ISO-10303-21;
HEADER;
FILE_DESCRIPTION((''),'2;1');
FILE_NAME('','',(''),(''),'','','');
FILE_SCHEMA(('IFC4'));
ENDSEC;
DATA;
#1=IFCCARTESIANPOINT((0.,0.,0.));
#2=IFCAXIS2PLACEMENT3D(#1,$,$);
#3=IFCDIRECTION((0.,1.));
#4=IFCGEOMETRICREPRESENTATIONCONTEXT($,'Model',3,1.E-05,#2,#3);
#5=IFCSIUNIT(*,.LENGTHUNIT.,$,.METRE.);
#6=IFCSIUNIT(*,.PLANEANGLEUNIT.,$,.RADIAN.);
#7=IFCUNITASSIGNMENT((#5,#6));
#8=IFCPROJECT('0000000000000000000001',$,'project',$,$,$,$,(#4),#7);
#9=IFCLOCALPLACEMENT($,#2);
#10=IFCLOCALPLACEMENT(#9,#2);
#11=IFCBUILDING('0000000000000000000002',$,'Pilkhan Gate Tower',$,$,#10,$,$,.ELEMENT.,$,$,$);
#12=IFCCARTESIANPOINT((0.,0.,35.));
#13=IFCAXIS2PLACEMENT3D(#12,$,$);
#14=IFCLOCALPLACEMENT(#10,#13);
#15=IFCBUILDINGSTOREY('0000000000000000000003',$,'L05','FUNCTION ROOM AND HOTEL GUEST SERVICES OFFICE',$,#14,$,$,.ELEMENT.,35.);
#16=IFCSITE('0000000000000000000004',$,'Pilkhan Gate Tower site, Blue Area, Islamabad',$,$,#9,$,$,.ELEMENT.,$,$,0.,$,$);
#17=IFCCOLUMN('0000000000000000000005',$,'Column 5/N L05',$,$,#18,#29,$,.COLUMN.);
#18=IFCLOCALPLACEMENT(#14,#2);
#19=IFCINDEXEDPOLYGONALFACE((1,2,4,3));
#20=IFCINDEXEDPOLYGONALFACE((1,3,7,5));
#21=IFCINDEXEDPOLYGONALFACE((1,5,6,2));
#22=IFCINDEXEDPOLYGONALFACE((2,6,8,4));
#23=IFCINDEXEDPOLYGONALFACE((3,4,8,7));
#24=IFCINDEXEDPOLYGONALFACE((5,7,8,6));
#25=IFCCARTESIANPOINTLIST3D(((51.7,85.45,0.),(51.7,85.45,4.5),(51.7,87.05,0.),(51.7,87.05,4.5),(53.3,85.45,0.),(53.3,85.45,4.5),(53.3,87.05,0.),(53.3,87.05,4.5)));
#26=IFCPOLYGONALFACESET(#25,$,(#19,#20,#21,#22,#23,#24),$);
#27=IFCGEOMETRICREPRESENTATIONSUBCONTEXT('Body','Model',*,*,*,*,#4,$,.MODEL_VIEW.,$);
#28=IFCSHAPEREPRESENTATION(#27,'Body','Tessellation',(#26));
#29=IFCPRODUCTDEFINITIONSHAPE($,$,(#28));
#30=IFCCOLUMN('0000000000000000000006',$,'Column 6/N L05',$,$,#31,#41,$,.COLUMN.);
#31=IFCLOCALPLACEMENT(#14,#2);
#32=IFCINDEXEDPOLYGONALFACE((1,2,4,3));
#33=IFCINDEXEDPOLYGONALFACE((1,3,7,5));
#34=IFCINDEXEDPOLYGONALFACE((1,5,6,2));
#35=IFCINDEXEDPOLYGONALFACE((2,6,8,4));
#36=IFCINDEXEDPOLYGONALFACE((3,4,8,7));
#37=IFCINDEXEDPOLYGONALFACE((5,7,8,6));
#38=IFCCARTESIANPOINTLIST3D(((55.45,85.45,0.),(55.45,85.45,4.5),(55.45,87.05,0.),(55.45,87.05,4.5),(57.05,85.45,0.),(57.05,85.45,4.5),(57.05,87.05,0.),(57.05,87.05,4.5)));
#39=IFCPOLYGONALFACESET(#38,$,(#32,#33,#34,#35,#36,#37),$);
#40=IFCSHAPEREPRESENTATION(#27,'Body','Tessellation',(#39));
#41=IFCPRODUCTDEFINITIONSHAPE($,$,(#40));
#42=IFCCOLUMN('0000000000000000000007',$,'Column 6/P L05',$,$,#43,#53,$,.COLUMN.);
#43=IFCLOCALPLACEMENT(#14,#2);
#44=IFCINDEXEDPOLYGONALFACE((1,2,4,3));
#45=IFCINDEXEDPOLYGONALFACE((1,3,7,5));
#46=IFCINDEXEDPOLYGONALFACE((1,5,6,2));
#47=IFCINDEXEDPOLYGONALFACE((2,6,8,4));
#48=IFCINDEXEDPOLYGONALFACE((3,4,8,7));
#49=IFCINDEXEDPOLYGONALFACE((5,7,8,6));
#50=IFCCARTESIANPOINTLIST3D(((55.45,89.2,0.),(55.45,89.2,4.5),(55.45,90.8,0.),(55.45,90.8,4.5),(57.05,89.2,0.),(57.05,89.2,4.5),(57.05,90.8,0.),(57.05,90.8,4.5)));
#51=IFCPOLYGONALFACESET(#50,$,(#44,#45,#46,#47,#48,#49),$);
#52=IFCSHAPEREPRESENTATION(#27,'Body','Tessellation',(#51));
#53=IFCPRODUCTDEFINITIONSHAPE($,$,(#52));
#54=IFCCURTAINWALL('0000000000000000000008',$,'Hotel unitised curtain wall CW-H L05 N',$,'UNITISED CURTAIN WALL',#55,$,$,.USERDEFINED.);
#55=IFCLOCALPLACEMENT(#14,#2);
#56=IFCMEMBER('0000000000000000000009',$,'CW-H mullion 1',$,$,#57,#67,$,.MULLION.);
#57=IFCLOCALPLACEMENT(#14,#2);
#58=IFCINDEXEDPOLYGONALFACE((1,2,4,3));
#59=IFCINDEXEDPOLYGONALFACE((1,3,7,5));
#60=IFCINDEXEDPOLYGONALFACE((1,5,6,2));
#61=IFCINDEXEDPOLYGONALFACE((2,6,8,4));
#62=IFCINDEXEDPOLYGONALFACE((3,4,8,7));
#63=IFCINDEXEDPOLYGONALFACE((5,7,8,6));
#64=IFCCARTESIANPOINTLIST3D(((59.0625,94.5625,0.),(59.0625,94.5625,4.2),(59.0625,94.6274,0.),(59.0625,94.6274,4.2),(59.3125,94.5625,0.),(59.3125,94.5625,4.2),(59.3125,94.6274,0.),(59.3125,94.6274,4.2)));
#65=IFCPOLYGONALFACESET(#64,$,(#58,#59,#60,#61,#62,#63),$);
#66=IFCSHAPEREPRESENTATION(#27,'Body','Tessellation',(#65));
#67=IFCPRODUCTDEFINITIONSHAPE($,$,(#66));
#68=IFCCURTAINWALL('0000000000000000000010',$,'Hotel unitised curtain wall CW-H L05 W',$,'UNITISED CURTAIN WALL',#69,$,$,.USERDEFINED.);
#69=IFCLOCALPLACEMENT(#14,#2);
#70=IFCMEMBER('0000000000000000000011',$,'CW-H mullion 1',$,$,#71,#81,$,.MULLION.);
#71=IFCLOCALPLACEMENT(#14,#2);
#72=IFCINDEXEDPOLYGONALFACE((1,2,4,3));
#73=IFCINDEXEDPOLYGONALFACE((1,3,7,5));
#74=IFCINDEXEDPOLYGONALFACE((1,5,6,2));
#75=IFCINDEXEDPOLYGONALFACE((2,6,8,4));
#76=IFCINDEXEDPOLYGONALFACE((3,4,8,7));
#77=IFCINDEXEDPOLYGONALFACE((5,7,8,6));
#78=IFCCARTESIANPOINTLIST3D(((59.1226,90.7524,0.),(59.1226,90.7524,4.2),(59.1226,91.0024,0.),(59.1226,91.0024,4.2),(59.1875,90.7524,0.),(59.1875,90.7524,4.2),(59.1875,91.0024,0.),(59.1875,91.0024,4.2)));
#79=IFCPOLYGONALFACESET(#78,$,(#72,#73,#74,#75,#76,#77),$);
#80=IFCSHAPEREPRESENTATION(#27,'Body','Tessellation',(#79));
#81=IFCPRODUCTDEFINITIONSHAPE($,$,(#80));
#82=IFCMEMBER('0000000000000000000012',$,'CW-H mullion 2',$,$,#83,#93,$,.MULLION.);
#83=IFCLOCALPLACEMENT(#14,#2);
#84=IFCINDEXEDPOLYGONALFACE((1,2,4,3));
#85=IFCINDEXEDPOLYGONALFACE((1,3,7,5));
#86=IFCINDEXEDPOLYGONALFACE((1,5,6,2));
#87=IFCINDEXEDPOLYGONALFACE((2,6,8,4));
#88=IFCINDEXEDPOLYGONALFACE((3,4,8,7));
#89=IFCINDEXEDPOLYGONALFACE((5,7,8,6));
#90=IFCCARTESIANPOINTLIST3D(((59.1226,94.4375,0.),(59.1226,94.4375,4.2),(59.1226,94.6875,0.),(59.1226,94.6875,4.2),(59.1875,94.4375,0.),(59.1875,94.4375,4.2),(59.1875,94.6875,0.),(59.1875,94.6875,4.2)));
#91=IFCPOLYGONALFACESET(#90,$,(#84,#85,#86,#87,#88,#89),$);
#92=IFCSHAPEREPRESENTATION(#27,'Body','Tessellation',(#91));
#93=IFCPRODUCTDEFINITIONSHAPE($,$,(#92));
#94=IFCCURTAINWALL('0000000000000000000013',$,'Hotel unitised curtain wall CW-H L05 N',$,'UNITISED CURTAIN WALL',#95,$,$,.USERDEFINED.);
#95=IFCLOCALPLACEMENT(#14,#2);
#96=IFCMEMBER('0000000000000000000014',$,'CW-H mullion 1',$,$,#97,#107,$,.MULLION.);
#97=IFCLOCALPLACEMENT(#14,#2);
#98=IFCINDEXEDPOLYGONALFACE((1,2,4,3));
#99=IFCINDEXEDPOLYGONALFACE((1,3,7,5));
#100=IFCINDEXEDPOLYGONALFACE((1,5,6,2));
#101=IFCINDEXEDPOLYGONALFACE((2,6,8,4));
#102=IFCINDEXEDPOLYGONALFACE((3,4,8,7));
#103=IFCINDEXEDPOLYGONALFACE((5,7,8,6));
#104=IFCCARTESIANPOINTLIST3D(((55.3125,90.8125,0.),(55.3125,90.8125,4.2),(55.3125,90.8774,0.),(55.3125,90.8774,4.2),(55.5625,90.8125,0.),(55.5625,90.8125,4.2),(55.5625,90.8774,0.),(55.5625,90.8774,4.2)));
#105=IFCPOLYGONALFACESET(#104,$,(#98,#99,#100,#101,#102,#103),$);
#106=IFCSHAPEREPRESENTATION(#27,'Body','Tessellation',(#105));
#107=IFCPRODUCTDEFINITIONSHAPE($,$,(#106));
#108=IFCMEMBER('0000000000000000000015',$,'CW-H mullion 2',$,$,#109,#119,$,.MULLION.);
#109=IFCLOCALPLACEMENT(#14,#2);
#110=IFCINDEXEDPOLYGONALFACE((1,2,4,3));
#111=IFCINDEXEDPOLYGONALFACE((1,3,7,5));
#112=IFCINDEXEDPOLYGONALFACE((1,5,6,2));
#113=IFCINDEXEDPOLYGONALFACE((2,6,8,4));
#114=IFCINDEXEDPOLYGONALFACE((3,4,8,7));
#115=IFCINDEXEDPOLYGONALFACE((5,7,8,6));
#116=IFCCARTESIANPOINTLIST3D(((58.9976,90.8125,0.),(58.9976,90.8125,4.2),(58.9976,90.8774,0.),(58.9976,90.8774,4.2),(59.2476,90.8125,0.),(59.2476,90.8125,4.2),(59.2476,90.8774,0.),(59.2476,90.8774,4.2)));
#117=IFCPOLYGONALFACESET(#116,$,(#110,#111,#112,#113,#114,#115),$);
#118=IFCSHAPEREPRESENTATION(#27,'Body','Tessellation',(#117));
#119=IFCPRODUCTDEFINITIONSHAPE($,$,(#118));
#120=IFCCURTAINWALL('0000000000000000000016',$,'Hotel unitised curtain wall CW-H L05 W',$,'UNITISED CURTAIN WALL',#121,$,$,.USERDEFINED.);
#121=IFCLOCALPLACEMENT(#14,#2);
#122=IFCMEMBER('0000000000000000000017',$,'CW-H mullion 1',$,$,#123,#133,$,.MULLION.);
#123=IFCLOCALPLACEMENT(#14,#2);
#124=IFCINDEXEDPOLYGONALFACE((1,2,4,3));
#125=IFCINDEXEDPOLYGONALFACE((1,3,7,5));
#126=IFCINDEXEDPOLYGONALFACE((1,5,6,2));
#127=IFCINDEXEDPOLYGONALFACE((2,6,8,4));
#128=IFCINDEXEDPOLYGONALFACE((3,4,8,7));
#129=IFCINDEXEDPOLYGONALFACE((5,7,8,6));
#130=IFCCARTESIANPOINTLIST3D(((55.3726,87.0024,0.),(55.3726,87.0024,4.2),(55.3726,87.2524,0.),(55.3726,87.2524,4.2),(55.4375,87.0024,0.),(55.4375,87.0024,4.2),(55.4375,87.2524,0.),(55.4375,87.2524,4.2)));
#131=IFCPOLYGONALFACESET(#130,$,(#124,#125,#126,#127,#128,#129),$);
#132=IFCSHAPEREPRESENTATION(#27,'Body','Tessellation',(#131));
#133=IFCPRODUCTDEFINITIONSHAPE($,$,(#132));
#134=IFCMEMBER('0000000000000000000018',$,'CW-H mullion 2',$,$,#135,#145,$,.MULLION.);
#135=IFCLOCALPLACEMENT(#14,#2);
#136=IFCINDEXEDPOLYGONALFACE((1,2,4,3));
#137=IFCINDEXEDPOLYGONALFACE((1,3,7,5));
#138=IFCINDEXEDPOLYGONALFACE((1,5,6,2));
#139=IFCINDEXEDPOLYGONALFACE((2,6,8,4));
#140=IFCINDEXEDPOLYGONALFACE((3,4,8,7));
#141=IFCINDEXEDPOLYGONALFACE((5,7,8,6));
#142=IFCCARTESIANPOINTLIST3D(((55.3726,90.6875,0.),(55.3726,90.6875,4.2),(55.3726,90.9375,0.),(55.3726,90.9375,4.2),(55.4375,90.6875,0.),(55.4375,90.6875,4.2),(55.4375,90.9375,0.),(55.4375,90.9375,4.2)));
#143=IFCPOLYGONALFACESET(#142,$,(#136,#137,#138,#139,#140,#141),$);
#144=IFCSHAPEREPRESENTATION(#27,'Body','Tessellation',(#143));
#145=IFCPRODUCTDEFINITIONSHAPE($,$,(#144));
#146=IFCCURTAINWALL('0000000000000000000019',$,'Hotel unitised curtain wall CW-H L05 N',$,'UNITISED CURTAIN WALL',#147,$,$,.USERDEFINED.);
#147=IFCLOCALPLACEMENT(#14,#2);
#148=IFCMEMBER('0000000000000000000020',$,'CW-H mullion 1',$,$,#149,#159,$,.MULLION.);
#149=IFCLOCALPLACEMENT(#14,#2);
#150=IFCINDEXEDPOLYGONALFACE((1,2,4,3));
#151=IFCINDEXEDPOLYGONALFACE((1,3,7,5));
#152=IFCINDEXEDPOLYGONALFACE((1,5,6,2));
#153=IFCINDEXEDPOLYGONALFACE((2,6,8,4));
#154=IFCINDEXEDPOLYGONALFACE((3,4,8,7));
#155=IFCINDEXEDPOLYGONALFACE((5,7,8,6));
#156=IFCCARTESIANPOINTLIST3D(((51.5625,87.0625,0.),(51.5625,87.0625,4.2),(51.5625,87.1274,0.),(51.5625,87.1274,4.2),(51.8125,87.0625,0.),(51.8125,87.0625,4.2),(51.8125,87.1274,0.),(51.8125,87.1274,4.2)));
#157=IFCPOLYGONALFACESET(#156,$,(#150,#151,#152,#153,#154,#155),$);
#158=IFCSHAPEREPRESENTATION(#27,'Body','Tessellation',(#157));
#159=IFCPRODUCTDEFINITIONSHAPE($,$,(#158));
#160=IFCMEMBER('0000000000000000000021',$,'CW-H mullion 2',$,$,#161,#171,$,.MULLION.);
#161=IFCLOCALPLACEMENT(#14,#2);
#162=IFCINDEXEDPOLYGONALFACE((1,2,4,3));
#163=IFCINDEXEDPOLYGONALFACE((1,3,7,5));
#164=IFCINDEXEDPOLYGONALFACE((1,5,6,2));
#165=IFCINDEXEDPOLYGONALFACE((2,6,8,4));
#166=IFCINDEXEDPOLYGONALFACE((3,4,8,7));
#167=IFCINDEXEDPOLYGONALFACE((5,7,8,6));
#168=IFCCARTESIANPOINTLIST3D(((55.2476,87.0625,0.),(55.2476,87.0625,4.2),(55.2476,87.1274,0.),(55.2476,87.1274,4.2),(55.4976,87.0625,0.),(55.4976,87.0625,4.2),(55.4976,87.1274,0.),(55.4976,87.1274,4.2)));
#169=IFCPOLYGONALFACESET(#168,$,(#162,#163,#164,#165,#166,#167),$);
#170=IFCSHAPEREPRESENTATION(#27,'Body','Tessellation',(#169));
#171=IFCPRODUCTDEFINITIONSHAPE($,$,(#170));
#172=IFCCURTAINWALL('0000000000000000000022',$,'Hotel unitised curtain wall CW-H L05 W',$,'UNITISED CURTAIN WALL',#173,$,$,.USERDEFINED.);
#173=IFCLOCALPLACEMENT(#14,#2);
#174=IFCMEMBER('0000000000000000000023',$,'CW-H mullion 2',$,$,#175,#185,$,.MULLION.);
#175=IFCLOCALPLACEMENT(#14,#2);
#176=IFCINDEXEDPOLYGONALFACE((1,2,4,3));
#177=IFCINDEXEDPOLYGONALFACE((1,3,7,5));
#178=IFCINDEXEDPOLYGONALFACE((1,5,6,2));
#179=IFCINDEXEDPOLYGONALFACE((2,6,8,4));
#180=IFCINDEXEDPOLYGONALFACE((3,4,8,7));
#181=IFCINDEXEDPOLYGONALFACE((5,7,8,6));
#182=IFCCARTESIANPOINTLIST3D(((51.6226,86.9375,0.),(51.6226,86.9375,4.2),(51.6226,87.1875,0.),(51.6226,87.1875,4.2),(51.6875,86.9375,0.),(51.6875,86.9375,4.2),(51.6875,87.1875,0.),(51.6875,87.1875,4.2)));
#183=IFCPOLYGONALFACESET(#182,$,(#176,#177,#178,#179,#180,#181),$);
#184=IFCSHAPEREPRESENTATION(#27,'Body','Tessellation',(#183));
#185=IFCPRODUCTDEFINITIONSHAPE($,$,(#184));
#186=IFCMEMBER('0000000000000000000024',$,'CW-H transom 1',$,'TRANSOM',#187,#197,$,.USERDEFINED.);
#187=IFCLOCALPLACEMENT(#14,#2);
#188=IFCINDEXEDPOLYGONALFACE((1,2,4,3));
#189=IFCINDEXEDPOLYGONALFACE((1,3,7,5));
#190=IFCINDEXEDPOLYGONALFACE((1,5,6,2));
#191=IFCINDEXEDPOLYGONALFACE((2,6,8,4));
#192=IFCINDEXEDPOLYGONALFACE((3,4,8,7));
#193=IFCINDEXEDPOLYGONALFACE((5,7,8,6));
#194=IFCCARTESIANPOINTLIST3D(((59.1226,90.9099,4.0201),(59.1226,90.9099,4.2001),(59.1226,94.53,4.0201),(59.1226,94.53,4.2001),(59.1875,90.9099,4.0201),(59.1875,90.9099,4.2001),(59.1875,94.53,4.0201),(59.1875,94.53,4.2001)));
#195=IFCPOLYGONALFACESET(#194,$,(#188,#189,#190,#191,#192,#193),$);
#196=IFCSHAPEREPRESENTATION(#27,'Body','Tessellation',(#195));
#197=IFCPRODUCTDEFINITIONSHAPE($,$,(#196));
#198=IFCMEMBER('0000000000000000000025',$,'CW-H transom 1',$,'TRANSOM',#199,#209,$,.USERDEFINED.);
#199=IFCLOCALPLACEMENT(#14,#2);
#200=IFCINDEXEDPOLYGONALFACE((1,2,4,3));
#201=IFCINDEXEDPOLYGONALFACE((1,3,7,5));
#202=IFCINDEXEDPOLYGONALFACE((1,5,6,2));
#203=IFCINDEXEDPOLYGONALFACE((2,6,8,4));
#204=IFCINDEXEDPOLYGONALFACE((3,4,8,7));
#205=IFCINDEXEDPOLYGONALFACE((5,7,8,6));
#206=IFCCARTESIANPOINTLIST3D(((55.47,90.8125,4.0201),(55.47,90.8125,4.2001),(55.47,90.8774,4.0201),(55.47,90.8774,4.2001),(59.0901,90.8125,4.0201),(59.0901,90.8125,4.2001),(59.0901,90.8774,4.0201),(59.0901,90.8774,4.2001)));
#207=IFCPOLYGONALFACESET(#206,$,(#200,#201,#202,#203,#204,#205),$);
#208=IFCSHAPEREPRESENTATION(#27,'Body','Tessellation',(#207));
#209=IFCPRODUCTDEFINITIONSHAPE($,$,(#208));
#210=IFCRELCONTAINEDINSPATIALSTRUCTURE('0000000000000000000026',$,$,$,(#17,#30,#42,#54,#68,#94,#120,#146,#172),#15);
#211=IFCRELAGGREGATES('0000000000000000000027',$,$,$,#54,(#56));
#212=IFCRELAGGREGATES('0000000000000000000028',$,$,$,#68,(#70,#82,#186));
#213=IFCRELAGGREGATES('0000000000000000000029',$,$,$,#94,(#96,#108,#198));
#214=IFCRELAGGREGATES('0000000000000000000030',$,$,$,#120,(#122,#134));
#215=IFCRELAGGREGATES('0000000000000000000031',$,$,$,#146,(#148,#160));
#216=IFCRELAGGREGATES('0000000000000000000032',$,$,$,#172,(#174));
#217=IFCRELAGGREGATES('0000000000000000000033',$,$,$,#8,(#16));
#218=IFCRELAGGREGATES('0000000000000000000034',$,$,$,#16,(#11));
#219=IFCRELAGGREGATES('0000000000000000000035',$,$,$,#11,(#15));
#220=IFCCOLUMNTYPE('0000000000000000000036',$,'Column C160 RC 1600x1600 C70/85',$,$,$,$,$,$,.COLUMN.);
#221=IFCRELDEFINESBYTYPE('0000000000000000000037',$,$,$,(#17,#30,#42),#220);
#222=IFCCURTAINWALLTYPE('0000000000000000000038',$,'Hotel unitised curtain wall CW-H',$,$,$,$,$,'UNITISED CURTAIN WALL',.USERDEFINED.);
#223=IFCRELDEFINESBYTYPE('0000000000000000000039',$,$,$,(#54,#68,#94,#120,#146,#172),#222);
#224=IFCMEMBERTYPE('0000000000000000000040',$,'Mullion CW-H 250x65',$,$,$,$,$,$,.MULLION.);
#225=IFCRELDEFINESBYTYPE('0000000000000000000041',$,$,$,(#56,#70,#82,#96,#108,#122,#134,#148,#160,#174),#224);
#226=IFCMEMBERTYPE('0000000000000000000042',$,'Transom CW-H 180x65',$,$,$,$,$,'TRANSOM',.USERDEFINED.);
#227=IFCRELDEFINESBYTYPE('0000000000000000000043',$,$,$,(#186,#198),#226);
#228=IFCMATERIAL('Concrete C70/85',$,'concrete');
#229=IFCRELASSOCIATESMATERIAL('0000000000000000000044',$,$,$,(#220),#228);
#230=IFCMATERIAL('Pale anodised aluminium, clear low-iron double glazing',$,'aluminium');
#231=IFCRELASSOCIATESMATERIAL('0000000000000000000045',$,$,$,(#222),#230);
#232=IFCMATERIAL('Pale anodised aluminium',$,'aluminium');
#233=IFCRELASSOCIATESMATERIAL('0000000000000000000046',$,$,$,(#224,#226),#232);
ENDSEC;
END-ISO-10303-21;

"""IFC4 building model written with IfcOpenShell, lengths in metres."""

from ifc_helpers import new_model, si_unit, direction, frame, origin, origin_2d, place, context, subcontext, project, spatial, rectangle, extrude, material, material_profile, profile_set, type_object, element, aggregate, save


model = new_model("IFC4")

# Units and contexts
model_context = context("Model", 3, precision=1e-05, world=origin(), true_north=direction((0.0, 1.0)))
body_context = subcontext(model_context, "Body", "Model", "MODEL_VIEW")
ifc_project = project(units=[si_unit("LENGTHUNIT", "METRE"), si_unit("PLANEANGLEUNIT", "RADIAN")], contexts=[model_context])

# Site, building, storey
site_placement = place(None, origin())
site = spatial("IfcSite", under=ifc_project, at=site_placement, Name="Pilkhan Gate Tower site, Blue Area, Islamabad", CompositionType="ELEMENT", RefElevation=0.0)
building_placement = place(site_placement, origin())
building = spatial("IfcBuilding", under=site, at=building_placement, Name="Pilkhan Gate Tower", CompositionType="ELEMENT")
storey_placement = place(building_placement, frame((0.0, 0.0, 35.0)))
storey = spatial("IfcBuildingStorey", under=building, at=storey_placement, Name="L05", Description="FUNCTION ROOM AND HOTEL GUEST SERVICES OFFICE", CompositionType="ELEMENT", Elevation=35.0)

# Columns
ifc_material_1 = material(Name="Concrete C70/85", Category="concrete")
ifc_material_profile_1 = material_profile(ifc_material_1, rectangle(XDim=1.6001, YDim=1.6001, at=origin_2d()), Name="RC 1600x1600")
ifc_profile_set_1 = profile_set([ifc_material_profile_1], Name="Concrete C70/85")
column_type = type_object("IfcColumnType", Name="Column C160 RC 1600x1600 C70/85", PredefinedType="COLUMN", material=ifc_profile_set_1)
for number, where, z_axis, x_axis, name in (
    (1, (52.5, 86.25, 0.0), (0.0, 0.0, 1.0), (1.0, 0.0, 0.0), "Column 5/N L05"),
    (2, (56.25, 86.25, 0.0), (0.0, 0.0, 1.0), (1.0, 0.0, 0.0), "Column 6/N L05"),
    (3, (56.25, 90.0, 0.0), (0.0, 0.0, 1.0), (1.0, 0.0, 0.0), "Column 6/P L05"),
):
    element("IfcColumn", number, at=place(storey_placement, frame(where, z_axis=z_axis, x_axis=x_axis)), inside=storey, type_object=column_type, Name=name, PredefinedType="COLUMN", context=body_context, shape_type="SweptSolid", body=[
        extrude(rectangle(XDim=1.6001, YDim=1.6001, at=origin_2d()), origin(), (0.0, 0.0, 1.0), 4.5),
    ])

# Curtain wall, member
ifc_material_2 = material(Name="Pale anodised aluminium, clear low-iron double glazing", Category="aluminium")
curtain_wall_type = type_object("IfcCurtainWallType", Name="Hotel unitised curtain wall CW-H", ElementType="UNITISED CURTAIN WALL", PredefinedType="USERDEFINED", material=ifc_material_2)
curtain_wall_1_placement = place(storey_placement, origin())
curtain_wall_1 = element("IfcCurtainWall", 4, at=curtain_wall_1_placement, inside=storey, type_object=curtain_wall_type, Name="Hotel unitised curtain wall CW-H L05 N", ObjectType="UNITISED CURTAIN WALL", PredefinedType="USERDEFINED")
ifc_material_3 = material(Name="Pale anodised aluminium", Category="aluminium")
ifc_material_profile_2 = material_profile(ifc_material_3, rectangle(XDim=0.0649, YDim=0.25, at=origin_2d()), Name="Mullion 250x65")
ifc_profile_set_2 = profile_set([ifc_material_profile_2], Name="Pale anodised aluminium")
member_type_1 = type_object("IfcMemberType", Name="Mullion CW-H 250x65", PredefinedType="MULLION", material=ifc_profile_set_2)
member_1_placement = place(storey_placement, frame((59.1875, 94.595, 0.0), z_axis=(0.0, 0.0, 1.0), x_axis=(0.0, 1.0, 0.0)))
member_1 = element("IfcMember", 5, at=member_1_placement, type_object=member_type_1, Name="CW-H mullion 1", PredefinedType="MULLION", context=body_context, shape_type="SweptSolid", body=[
    extrude(rectangle(XDim=0.0649, YDim=0.25, at=origin_2d()), origin(), (0.0, 0.0, 1.0), 4.2),
])
aggregate(curtain_wall_1, [member_1])

# Curtain walls, members
curtain_wall_2_placement = place(storey_placement, origin())
curtain_wall_2 = element("IfcCurtainWall", 6, at=curtain_wall_2_placement, inside=storey, type_object=curtain_wall_type, Name="Hotel unitised curtain wall CW-H L05 W", ObjectType="UNITISED CURTAIN WALL", PredefinedType="USERDEFINED")
member_2_placement = place(storey_placement, frame((59.155, 90.8774, 0.0), z_axis=(0.0, 0.0, 1.0), x_axis=(-1.0, 0.0, 0.0)))
member_2 = element("IfcMember", 7, at=member_2_placement, type_object=member_type_1, Name="CW-H mullion 1", PredefinedType="MULLION", context=body_context, shape_type="SweptSolid", body=[
    extrude(rectangle(XDim=0.0649, YDim=0.25, at=origin_2d()), origin(), (0.0, 0.0, 1.0), 4.2),
])
member_3_placement = place(storey_placement, frame((59.155, 94.5625, 0.0), z_axis=(0.0, 0.0, 1.0), x_axis=(-1.0, 0.0, 0.0)))
member_3 = element("IfcMember", 8, at=member_3_placement, type_object=member_type_1, Name="CW-H mullion 2", PredefinedType="MULLION", context=body_context, shape_type="SweptSolid", body=[
    extrude(rectangle(XDim=0.0649, YDim=0.25, at=origin_2d()), origin(), (0.0, 0.0, 1.0), 4.2),
])
curtain_wall_3_placement = place(storey_placement, origin())
curtain_wall_3 = element("IfcCurtainWall", 9, at=curtain_wall_3_placement, inside=storey, type_object=curtain_wall_type, Name="Hotel unitised curtain wall CW-H L05 N", ObjectType="UNITISED CURTAIN WALL", PredefinedType="USERDEFINED")
member_4_placement = place(storey_placement, frame((55.4375, 90.845, 0.0), z_axis=(0.0, 0.0, 1.0), x_axis=(0.0, 1.0, 0.0)))
member_4 = element("IfcMember", 10, at=member_4_placement, type_object=member_type_1, Name="CW-H mullion 1", PredefinedType="MULLION", context=body_context, shape_type="SweptSolid", body=[
    extrude(rectangle(XDim=0.0649, YDim=0.25, at=origin_2d()), origin(), (0.0, 0.0, 1.0), 4.2),
])
member_5_placement = place(storey_placement, frame((59.1226, 90.845, 0.0), z_axis=(0.0, 0.0, 1.0), x_axis=(0.0, 1.0, 0.0)))
member_5 = element("IfcMember", 11, at=member_5_placement, type_object=member_type_1, Name="CW-H mullion 2", PredefinedType="MULLION", context=body_context, shape_type="SweptSolid", body=[
    extrude(rectangle(XDim=0.0649, YDim=0.25, at=origin_2d()), origin(), (0.0, 0.0, 1.0), 4.2),
])
curtain_wall_4_placement = place(storey_placement, origin())
curtain_wall_4 = element("IfcCurtainWall", 12, at=curtain_wall_4_placement, inside=storey, type_object=curtain_wall_type, Name="Hotel unitised curtain wall CW-H L05 W", ObjectType="UNITISED CURTAIN WALL", PredefinedType="USERDEFINED")
member_6_placement = place(storey_placement, frame((55.405, 87.1274, 0.0), z_axis=(0.0, 0.0, 1.0), x_axis=(-1.0, 0.0, 0.0)))
member_6 = element("IfcMember", 13, at=member_6_placement, type_object=member_type_1, Name="CW-H mullion 1", PredefinedType="MULLION", context=body_context, shape_type="SweptSolid", body=[
    extrude(rectangle(XDim=0.0649, YDim=0.25, at=origin_2d()), origin(), (0.0, 0.0, 1.0), 4.2),
])
member_7_placement = place(storey_placement, frame((55.405, 90.8125, 0.0), z_axis=(0.0, 0.0, 1.0), x_axis=(-1.0, 0.0, 0.0)))
member_7 = element("IfcMember", 14, at=member_7_placement, type_object=member_type_1, Name="CW-H mullion 2", PredefinedType="MULLION", context=body_context, shape_type="SweptSolid", body=[
    extrude(rectangle(XDim=0.0649, YDim=0.25, at=origin_2d()), origin(), (0.0, 0.0, 1.0), 4.2),
])
curtain_wall_5_placement = place(storey_placement, origin())
curtain_wall_5 = element("IfcCurtainWall", 15, at=curtain_wall_5_placement, inside=storey, type_object=curtain_wall_type, Name="Hotel unitised curtain wall CW-H L05 N", ObjectType="UNITISED CURTAIN WALL", PredefinedType="USERDEFINED")
member_8_placement = place(storey_placement, frame((51.6875, 87.095, 0.0), z_axis=(0.0, 0.0, 1.0), x_axis=(0.0, 1.0, 0.0)))
member_8 = element("IfcMember", 16, at=member_8_placement, type_object=member_type_1, Name="CW-H mullion 1", PredefinedType="MULLION", context=body_context, shape_type="SweptSolid", body=[
    extrude(rectangle(XDim=0.0649, YDim=0.25, at=origin_2d()), origin(), (0.0, 0.0, 1.0), 4.2),
])
member_9_placement = place(storey_placement, frame((55.3726, 87.095, 0.0), z_axis=(0.0, 0.0, 1.0), x_axis=(0.0, 1.0, 0.0)))
member_9 = element("IfcMember", 17, at=member_9_placement, type_object=member_type_1, Name="CW-H mullion 2", PredefinedType="MULLION", context=body_context, shape_type="SweptSolid", body=[
    extrude(rectangle(XDim=0.0649, YDim=0.25, at=origin_2d()), origin(), (0.0, 0.0, 1.0), 4.2),
])

# Curtain wall, member
curtain_wall_6_placement = place(storey_placement, origin())
curtain_wall_6 = element("IfcCurtainWall", 18, at=curtain_wall_6_placement, inside=storey, type_object=curtain_wall_type, Name="Hotel unitised curtain wall CW-H L05 W", ObjectType="UNITISED CURTAIN WALL", PredefinedType="USERDEFINED")
member_10_placement = place(storey_placement, frame((51.655, 87.0625, 0.0), z_axis=(0.0, 0.0, 1.0), x_axis=(-1.0, 0.0, 0.0)))
member_10 = element("IfcMember", 19, at=member_10_placement, type_object=member_type_1, Name="CW-H mullion 2", PredefinedType="MULLION", context=body_context, shape_type="SweptSolid", body=[
    extrude(rectangle(XDim=0.0649, YDim=0.25, at=origin_2d()), origin(), (0.0, 0.0, 1.0), 4.2),
])

# Members
ifc_material_profile_3 = material_profile(ifc_material_3, rectangle(XDim=0.0649, YDim=0.1799, at=origin_2d()), Name="Transom 180x65")
ifc_profile_set_3 = profile_set([ifc_material_profile_3], Name="Pale anodised aluminium")
member_type_2 = type_object("IfcMemberType", Name="Transom CW-H 180x65", ElementType="TRANSOM", PredefinedType="USERDEFINED", material=ifc_profile_set_3)
member_11_placement = place(storey_placement, frame((59.155, 90.9099, 4.1101), z_axis=(0.0, 1.0, 0.0), x_axis=(-1.0, 0.0, 0.0)))
member_11 = element("IfcMember", 20, at=member_11_placement, type_object=member_type_2, Name="CW-H transom 1", ObjectType="TRANSOM", PredefinedType="USERDEFINED", context=body_context, shape_type="SweptSolid", body=[
    extrude(rectangle(XDim=0.0649, YDim=0.1799, at=origin_2d()), origin(), (0.0, 0.0, 1.0), 3.6201),
])
member_12_placement = place(storey_placement, frame((55.47, 90.845, 4.1101), z_axis=(1.0, 0.0, 0.0), x_axis=(0.0, 1.0, 0.0)))
member_12 = element("IfcMember", 21, at=member_12_placement, type_object=member_type_2, Name="CW-H transom 1", ObjectType="TRANSOM", PredefinedType="USERDEFINED", context=body_context, shape_type="SweptSolid", body=[
    extrude(rectangle(XDim=0.0649, YDim=0.1799, at=origin_2d()), origin(), (0.0, 0.0, 1.0), 3.6201),
])

aggregate(curtain_wall_2, [member_2, member_3, member_11])
aggregate(curtain_wall_3, [member_4, member_5, member_12])
aggregate(curtain_wall_4, [member_6, member_7])
aggregate(curtain_wall_5, [member_8, member_9])
aggregate(curtain_wall_6, [member_10])

save(model, "model.ifc")
